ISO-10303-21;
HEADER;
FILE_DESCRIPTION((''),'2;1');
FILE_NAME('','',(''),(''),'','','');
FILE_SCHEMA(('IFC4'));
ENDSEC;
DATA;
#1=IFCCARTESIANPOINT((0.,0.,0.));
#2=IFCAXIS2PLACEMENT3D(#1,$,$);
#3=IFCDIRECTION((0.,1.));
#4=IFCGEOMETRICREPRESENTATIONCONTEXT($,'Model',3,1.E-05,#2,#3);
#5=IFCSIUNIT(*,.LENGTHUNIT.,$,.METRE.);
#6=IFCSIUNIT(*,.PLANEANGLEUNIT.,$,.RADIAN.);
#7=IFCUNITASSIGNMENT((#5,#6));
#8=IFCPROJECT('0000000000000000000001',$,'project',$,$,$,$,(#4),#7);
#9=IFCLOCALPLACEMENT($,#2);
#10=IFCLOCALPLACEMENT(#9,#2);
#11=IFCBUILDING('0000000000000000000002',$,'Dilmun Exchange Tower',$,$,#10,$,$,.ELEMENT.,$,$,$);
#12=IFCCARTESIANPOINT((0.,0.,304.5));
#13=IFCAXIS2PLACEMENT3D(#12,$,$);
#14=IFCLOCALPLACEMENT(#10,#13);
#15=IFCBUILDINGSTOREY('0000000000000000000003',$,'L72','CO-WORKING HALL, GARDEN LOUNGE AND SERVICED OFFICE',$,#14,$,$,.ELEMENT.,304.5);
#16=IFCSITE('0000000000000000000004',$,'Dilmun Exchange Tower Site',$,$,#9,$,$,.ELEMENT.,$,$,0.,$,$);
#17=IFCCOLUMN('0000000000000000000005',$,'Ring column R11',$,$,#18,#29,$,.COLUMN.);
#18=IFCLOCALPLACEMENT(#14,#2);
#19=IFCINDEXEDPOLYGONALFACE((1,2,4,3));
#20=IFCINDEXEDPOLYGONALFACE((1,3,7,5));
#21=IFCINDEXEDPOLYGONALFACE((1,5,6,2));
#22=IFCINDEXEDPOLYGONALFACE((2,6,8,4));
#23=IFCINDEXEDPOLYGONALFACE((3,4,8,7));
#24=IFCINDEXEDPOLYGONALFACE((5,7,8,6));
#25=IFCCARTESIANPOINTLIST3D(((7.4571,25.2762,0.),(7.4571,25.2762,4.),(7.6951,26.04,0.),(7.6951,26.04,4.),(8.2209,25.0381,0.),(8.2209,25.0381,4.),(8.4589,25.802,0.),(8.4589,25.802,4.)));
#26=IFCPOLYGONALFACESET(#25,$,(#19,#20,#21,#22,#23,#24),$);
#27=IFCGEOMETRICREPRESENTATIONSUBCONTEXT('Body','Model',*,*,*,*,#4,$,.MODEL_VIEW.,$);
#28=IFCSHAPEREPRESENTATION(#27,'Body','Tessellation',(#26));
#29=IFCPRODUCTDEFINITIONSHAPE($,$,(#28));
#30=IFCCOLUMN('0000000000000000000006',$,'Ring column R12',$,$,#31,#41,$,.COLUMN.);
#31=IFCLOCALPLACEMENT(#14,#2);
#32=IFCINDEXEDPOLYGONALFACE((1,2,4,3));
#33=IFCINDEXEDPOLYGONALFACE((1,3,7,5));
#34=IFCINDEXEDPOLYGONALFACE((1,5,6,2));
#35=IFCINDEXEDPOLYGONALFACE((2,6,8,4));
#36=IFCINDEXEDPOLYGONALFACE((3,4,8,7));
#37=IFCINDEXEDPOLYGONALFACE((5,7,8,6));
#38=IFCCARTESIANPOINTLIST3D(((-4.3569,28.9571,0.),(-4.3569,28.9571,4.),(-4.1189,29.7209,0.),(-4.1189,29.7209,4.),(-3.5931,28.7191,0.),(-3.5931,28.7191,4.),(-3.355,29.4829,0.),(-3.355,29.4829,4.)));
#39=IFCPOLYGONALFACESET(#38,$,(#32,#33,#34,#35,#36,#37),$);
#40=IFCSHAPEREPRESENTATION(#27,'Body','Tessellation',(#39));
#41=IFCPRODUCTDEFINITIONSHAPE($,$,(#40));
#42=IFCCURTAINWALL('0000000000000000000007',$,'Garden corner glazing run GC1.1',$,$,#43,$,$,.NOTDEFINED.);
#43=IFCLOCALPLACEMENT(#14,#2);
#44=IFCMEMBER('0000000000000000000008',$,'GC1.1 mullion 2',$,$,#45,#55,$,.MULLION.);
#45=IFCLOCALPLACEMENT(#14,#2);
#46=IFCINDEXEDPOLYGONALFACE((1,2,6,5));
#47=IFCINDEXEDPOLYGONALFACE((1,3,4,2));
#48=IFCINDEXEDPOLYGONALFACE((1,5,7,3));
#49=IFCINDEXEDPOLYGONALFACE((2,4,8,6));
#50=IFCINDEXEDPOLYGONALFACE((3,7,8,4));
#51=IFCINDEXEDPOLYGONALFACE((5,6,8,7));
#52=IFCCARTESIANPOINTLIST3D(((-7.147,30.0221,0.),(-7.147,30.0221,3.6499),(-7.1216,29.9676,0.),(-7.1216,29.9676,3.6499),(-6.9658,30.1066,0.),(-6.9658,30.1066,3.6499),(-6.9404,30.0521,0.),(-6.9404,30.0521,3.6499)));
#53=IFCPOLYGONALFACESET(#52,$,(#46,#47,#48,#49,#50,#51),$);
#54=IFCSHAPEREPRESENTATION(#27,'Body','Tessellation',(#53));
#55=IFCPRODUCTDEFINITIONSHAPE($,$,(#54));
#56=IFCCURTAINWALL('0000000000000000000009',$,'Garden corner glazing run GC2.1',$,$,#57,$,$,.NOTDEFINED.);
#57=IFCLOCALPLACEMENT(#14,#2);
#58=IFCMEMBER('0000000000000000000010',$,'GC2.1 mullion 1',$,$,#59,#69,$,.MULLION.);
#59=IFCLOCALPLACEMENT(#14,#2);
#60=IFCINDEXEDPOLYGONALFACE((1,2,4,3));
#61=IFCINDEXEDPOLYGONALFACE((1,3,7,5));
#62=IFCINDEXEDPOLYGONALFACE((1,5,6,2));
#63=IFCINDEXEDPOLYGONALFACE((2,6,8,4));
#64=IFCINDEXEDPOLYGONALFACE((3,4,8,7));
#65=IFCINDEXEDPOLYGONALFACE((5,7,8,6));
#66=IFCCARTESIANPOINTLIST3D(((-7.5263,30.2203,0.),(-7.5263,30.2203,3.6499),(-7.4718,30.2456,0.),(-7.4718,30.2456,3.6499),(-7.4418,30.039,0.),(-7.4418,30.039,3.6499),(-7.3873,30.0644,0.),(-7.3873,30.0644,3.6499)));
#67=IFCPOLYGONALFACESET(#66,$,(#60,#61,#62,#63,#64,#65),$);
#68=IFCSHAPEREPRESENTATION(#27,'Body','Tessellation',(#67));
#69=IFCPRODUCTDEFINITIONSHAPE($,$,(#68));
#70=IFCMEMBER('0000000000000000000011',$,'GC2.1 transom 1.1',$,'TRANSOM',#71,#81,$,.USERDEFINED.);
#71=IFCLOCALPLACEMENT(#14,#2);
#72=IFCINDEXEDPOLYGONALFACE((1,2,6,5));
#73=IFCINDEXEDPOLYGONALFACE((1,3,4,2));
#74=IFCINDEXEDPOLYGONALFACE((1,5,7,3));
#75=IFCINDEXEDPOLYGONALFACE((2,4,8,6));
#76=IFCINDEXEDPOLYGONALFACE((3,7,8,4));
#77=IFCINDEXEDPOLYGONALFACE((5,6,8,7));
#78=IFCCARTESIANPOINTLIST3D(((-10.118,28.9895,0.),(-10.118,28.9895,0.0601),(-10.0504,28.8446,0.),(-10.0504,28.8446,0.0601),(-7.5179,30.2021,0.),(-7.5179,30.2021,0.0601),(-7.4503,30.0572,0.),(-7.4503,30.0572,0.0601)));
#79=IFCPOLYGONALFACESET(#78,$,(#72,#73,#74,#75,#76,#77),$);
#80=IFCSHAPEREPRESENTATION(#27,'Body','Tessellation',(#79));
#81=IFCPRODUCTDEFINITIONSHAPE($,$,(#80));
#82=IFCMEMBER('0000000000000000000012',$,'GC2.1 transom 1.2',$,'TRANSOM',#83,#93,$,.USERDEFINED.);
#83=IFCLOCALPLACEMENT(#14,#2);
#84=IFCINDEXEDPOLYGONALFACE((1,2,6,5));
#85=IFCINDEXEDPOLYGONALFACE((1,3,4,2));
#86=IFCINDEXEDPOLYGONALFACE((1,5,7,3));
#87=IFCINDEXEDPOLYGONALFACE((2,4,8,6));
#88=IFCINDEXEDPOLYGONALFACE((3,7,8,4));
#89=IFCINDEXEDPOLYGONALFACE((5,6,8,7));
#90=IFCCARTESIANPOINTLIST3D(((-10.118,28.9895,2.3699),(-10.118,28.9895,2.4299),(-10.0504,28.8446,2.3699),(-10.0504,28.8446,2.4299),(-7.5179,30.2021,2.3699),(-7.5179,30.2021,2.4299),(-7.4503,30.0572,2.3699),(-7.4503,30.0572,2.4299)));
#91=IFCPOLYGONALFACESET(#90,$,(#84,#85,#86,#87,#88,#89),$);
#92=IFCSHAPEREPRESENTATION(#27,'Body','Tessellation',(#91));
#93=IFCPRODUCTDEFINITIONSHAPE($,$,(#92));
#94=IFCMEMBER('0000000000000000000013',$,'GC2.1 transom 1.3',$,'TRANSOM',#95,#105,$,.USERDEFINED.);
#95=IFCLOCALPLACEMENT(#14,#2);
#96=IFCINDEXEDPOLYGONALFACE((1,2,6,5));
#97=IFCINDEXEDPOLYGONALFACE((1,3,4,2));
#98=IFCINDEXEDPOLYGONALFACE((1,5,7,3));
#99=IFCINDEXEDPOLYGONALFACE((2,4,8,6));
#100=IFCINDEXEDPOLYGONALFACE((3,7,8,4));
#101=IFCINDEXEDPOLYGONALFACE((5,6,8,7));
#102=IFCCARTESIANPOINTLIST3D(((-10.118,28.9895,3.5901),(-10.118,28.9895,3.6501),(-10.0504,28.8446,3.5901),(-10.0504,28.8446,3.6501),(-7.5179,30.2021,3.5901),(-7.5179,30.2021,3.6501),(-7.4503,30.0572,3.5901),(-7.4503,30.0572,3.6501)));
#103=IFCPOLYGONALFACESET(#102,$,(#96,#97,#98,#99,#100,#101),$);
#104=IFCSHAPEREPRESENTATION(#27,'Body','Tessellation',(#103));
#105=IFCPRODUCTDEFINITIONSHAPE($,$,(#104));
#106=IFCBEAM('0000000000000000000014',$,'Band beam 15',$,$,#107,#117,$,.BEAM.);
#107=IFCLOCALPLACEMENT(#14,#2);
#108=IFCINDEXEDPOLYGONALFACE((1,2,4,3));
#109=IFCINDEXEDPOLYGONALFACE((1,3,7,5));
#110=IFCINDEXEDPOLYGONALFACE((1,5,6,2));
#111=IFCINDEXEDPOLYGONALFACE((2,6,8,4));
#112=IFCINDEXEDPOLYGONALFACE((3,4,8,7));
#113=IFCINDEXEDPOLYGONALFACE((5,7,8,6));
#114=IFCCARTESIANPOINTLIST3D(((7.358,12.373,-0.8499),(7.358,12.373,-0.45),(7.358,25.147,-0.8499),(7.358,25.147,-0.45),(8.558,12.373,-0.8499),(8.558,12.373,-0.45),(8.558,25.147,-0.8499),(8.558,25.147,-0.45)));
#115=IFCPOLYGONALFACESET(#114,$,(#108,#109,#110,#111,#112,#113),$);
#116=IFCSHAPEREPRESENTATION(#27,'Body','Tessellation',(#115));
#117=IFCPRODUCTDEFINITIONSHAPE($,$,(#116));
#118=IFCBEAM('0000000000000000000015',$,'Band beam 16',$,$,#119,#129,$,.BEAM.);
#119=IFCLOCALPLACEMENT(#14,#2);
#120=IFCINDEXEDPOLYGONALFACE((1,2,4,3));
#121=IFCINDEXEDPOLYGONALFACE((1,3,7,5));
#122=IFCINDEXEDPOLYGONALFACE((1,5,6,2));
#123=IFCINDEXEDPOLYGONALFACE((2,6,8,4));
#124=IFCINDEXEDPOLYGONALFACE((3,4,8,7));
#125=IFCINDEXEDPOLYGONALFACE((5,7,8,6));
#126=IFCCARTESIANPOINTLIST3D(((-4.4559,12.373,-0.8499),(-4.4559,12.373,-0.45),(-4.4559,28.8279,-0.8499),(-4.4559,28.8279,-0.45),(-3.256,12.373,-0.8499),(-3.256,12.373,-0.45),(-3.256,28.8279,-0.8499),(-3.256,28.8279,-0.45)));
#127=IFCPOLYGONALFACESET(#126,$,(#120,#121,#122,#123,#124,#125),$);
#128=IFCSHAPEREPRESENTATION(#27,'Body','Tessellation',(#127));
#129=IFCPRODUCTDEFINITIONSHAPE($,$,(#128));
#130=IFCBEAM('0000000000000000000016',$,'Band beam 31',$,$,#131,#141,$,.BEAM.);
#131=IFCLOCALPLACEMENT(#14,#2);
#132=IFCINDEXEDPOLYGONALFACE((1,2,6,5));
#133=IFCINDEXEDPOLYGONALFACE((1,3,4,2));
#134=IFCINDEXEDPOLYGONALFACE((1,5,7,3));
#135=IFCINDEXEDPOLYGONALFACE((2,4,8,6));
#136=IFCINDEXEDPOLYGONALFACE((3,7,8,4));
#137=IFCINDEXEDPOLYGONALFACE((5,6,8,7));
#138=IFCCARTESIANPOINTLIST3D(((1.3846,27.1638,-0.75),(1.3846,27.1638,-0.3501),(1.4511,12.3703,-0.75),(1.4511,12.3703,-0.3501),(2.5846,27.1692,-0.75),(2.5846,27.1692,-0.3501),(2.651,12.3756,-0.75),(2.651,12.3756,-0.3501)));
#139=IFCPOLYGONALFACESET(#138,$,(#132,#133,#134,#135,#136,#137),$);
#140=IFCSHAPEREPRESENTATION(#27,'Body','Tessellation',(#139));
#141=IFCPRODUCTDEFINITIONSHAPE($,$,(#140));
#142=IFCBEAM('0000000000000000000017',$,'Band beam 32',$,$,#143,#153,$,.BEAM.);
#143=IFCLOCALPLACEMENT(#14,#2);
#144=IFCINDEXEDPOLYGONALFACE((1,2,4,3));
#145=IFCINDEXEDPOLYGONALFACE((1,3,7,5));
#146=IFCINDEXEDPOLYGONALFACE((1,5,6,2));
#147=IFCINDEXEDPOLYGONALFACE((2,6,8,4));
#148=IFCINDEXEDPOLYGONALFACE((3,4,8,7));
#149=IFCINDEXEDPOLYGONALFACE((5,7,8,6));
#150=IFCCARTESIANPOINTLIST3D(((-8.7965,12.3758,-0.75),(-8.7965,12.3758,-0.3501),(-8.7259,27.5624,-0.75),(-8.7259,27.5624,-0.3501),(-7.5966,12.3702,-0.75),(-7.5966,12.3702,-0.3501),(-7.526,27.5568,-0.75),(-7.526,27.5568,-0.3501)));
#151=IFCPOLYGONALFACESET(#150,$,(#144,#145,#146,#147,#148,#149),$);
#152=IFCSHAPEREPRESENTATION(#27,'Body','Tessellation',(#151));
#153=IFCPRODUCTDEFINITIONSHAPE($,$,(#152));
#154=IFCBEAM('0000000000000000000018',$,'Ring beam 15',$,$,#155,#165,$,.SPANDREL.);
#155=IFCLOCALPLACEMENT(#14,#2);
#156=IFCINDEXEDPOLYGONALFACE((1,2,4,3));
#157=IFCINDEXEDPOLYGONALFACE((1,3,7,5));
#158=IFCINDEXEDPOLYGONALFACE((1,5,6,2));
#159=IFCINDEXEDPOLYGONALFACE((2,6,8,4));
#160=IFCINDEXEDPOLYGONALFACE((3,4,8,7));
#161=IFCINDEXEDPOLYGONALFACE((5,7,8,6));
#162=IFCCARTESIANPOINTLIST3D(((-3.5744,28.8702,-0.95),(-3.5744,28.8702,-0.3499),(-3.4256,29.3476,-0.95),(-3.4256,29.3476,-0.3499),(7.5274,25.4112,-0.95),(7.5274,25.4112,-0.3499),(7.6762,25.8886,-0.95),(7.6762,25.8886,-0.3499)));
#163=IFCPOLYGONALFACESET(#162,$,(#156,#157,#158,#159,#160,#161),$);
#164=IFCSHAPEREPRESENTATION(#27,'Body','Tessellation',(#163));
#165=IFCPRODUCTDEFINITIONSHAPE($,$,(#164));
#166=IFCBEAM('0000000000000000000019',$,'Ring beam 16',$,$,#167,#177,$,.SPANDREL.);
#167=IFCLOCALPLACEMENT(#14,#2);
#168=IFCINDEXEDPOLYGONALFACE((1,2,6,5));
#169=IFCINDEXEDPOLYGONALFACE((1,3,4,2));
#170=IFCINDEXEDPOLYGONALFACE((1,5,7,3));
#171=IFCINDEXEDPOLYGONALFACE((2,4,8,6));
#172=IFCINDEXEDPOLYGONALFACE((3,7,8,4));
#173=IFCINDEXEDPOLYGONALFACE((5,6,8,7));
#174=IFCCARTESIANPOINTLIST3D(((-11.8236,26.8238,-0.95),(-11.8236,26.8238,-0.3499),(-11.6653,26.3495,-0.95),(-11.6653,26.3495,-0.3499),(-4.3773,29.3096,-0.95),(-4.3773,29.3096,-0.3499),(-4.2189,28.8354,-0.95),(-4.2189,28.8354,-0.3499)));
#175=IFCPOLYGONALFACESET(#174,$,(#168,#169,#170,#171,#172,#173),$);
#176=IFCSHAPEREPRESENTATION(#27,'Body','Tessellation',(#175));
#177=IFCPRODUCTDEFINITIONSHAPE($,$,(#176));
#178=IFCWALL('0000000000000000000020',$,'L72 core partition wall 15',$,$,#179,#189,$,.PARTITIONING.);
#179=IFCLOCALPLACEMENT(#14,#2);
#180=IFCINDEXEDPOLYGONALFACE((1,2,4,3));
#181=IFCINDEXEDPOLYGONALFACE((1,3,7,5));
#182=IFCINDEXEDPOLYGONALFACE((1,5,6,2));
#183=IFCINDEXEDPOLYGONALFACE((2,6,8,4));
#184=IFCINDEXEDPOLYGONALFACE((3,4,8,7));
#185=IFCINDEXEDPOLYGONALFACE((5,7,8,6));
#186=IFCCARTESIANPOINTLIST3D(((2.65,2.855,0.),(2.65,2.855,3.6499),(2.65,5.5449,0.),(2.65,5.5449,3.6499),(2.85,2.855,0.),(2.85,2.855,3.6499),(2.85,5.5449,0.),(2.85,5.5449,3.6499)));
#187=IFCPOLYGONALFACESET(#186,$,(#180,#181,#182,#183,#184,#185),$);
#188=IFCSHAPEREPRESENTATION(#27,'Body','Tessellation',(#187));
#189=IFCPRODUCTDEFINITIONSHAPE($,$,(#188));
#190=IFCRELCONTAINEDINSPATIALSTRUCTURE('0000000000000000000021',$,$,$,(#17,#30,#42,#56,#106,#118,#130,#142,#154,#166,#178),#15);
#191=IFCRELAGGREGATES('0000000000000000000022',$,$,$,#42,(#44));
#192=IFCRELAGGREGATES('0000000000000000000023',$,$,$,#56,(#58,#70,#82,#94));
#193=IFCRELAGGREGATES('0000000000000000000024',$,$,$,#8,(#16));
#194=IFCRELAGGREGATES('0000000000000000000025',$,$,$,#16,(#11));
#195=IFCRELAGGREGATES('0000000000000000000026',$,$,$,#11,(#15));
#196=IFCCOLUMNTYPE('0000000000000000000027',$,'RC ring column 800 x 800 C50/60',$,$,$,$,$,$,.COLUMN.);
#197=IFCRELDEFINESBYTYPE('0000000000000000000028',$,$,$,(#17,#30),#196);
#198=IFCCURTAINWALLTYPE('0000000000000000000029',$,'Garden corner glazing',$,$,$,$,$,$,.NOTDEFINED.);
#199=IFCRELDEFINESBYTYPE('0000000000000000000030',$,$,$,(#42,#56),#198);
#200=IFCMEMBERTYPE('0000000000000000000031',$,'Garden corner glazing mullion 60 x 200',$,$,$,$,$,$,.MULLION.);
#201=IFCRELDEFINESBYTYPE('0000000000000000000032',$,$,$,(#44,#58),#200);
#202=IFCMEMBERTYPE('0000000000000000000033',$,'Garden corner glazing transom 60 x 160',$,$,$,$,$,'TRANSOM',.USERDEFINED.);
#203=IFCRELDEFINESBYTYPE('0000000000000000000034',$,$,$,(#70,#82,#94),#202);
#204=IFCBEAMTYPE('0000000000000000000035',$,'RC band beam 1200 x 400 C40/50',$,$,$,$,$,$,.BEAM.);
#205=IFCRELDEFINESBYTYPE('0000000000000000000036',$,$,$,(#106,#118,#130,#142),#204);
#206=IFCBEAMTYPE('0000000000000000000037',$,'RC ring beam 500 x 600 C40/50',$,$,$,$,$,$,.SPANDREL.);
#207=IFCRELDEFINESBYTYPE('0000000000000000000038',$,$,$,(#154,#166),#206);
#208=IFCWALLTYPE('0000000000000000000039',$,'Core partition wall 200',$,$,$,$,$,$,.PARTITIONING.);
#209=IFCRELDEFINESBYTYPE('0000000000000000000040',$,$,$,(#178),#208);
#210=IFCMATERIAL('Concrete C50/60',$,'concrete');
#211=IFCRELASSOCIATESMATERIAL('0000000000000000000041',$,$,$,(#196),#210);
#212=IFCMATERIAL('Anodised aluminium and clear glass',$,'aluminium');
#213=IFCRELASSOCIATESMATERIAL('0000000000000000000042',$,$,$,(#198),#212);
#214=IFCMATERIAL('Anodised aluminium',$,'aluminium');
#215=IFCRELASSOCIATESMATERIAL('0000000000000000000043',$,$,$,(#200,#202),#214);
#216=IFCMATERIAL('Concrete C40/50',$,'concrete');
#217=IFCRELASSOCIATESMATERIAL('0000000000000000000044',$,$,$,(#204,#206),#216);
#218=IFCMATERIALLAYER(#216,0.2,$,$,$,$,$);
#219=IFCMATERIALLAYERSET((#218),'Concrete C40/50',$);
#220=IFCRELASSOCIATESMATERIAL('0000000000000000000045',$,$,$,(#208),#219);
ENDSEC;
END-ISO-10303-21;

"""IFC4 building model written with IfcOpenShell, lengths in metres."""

from ifc_helpers import new_model, si_unit, direction, frame, frame_2d, origin, origin_2d, place, context, subcontext, project, spatial, rectangle, extrude, material, layer, layer_set, material_profile, profile_set, type_object, element, aggregate, save


model = new_model("IFC4")

# Units and contexts
model_context = context("Model", 3, precision=1e-05, world=origin(), true_north=direction((0.0, 1.0)))
body_context = subcontext(model_context, "Body", "Model", "MODEL_VIEW")
ifc_project = project(units=[si_unit("LENGTHUNIT", "METRE"), si_unit("PLANEANGLEUNIT", "RADIAN")], contexts=[model_context])

# Site, building, storey
site_placement = place(None, origin())
site = spatial("IfcSite", under=ifc_project, at=site_placement, Name="Dilmun Exchange Tower Site", CompositionType="ELEMENT", RefElevation=0.0)
building_placement = place(site_placement, origin())
building = spatial("IfcBuilding", under=site, at=building_placement, Name="Dilmun Exchange Tower", CompositionType="ELEMENT")
storey_placement = place(building_placement, frame((0.0, 0.0, 304.5)))
storey = spatial("IfcBuildingStorey", under=building, at=storey_placement, Name="L72", Description="CO-WORKING HALL, GARDEN LOUNGE AND SERVICED OFFICE", CompositionType="ELEMENT", Elevation=304.5)

# Columns
ifc_material_1 = material(Name="Concrete C50/60", Category="concrete")
ifc_material_profile_1 = material_profile(ifc_material_1, rectangle(XDim=0.8, YDim=0.8, at=origin_2d()), Name="800 x 800")
ifc_profile_set_1 = profile_set([ifc_material_profile_1], Name="Concrete C50/60")
column_type = type_object("IfcColumnType", Name="RC ring column 800 x 800 C50/60", PredefinedType="COLUMN", material=ifc_profile_set_1)
for number, where, z_axis, x_axis, name in (
    (1, (7.958, 25.5391, 0.0), (0.0, 0.0, 1.0), (0.297503, 0.954721, 0.0), "Ring column R11"),
    (2, (-3.856, 29.22, 0.0), (0.0, 0.0, 1.0), (0.297503, 0.954721, 0.0), "Ring column R12"),
):
    element("IfcColumn", number, at=place(storey_placement, frame(where, z_axis=z_axis, x_axis=x_axis)), inside=storey, type_object=column_type, Name=name, PredefinedType="COLUMN", context=body_context, shape_type="SweptSolid", body=[
        extrude(rectangle(XDim=0.8, YDim=0.8, at=origin_2d()), origin(), (0.0, 0.0, 1.0), 4.0),
    ])

# Curtain wall, member
ifc_material_2 = material(Name="Anodised aluminium and clear glass", Category="aluminium")
curtain_wall_type = type_object("IfcCurtainWallType", Name="Garden corner glazing", PredefinedType="NOTDEFINED", material=ifc_material_2)
curtain_wall_1_placement = place(storey_placement, origin())
curtain_wall_1 = element("IfcCurtainWall", 3, at=curtain_wall_1_placement, inside=storey, type_object=curtain_wall_type, Name="Garden corner glazing run GC1.1", PredefinedType="NOTDEFINED")
ifc_material_3 = material(Name="Anodised aluminium", Category="aluminium")
ifc_material_profile_2 = material_profile(ifc_material_3, rectangle(XDim=0.2, YDim=0.0601, at=origin_2d()), Name="AL 60x200")
ifc_profile_set_2 = profile_set([ifc_material_profile_2], Name="Anodised aluminium")
member_type_1 = type_object("IfcMemberType", Name="Garden corner glazing mullion 60 x 200", PredefinedType="MULLION", material=ifc_profile_set_2)
member_1_placement = place(storey_placement, frame((-7.0437, 30.0371, 0.0), z_axis=(0.0, 0.0, 1.0), x_axis=(0.906305, 0.422623, 0.0)))
member_1 = element("IfcMember", 4, at=member_1_placement, type_object=member_type_1, Name="GC1.1 mullion 2", PredefinedType="MULLION", context=body_context, shape_type="SweptSolid", body=[
    extrude(rectangle(XDim=0.2, YDim=0.0601, at=origin_2d()), origin(), (0.0, 0.0, 1.0), 3.6499),
])
aggregate(curtain_wall_1, [member_1])

# Curtain wall, members
curtain_wall_2_placement = place(storey_placement, origin())
curtain_wall_2 = element("IfcCurtainWall", 5, at=curtain_wall_2_placement, inside=storey, type_object=curtain_wall_type, Name="Garden corner glazing run GC2.1", PredefinedType="NOTDEFINED")
member_2_placement = place(storey_placement, frame((-7.4568, 30.1423, 0.0), z_axis=(0.0, 0.0, 1.0), x_axis=(0.422611, -0.906311, 0.0)))
member_2 = element("IfcMember", 6, at=member_2_placement, type_object=member_type_1, Name="GC2.1 mullion 1", PredefinedType="MULLION", context=body_context, shape_type="SweptSolid", body=[
    extrude(rectangle(XDim=0.2, YDim=0.0601, at=origin_2d()), origin(), (0.0, 0.0, 1.0), 3.6499),
])
ifc_material_profile_3 = material_profile(ifc_material_3, rectangle(XDim=0.1599, YDim=0.0601, at=origin_2d()), Name="AL 60x160")
ifc_profile_set_3 = profile_set([ifc_material_profile_3], Name="Anodised aluminium")
member_type_2 = type_object("IfcMemberType", Name="Garden corner glazing transom 60 x 160", ElementType="TRANSOM", PredefinedType="USERDEFINED", material=ifc_profile_set_3)
member_3_placement = place(storey_placement, frame((-7.4841, 30.1296, 0.03), z_axis=(-0.906281, -0.422676, 0.0), x_axis=(0.422676, -0.906281, 0.0)))
member_3 = element("IfcMember", 7, at=member_3_placement, type_object=member_type_2, Name="GC2.1 transom 1.1", ObjectType="TRANSOM", PredefinedType="USERDEFINED", context=body_context, shape_type="SweptSolid", body=[
    extrude(rectangle(XDim=0.1599, YDim=0.0601, at=origin_2d()), origin(), (0.0, 0.0, 1.0), 2.8689),
])
member_4_placement = place(storey_placement, frame((-7.4841, 30.1296, 2.3999), z_axis=(-0.906281, -0.422676, 0.0), x_axis=(0.422676, -0.906281, 0.0)))
member_4 = element("IfcMember", 8, at=member_4_placement, type_object=member_type_2, Name="GC2.1 transom 1.2", ObjectType="TRANSOM", PredefinedType="USERDEFINED", context=body_context, shape_type="SweptSolid", body=[
    extrude(rectangle(XDim=0.1599, YDim=0.0601, at=origin_2d()), origin(), (0.0, 0.0, 1.0), 2.8689),
])
member_5_placement = place(storey_placement, frame((-7.4841, 30.1296, 3.6201), z_axis=(-0.906281, -0.422676, 0.0), x_axis=(0.422676, -0.906281, 0.0)))
member_5 = element("IfcMember", 9, at=member_5_placement, type_object=member_type_2, Name="GC2.1 transom 1.3", ObjectType="TRANSOM", PredefinedType="USERDEFINED", context=body_context, shape_type="SweptSolid", body=[
    extrude(rectangle(XDim=0.1599, YDim=0.0601, at=origin_2d()), origin(), (0.0, 0.0, 1.0), 2.8689),
])
aggregate(curtain_wall_2, [member_2, member_3, member_4, member_5])

# Beams
ifc_material_4 = material(Name="Concrete C40/50", Category="concrete")
ifc_material_profile_4 = material_profile(ifc_material_4, rectangle(XDim=1.2, YDim=0.3999, at=origin_2d()), Name="1200 x 400")
ifc_profile_set_4 = profile_set([ifc_material_profile_4], Name="Concrete C40/50")
beam_type_1 = type_object("IfcBeamType", Name="RC band beam 1200 x 400 C40/50", PredefinedType="BEAM", material=ifc_profile_set_4)
beam_1_placement = place(storey_placement, frame((7.958, 25.147, -0.6499), z_axis=(0.0, -1.0, 0.0), x_axis=(1.0, 0.0, 0.0)))
element("IfcBeam", 10, at=beam_1_placement, inside=storey, type_object=beam_type_1, Name="Band beam 15", PredefinedType="BEAM", context=body_context, shape_type="SweptSolid", body=[
    extrude(rectangle(XDim=1.2, YDim=0.3999, at=origin_2d()), origin(), (0.0, 0.0, 1.0), 12.7739),
])
beam_2_placement = place(storey_placement, frame((-3.856, 28.8279, -0.6499), z_axis=(0.0, -1.0, 0.0), x_axis=(1.0, 0.0, 0.0)))
element("IfcBeam", 11, at=beam_2_placement, inside=storey, type_object=beam_type_1, Name="Band beam 16", PredefinedType="BEAM", context=body_context, shape_type="SweptSolid", body=[
    extrude(rectangle(XDim=1.2, YDim=0.3999, at=origin_2d()), origin(), (0.0, 0.0, 1.0), 16.4548),
])
beam_3_placement = place(storey_placement, frame((1.9846, 27.1665, -0.55), z_axis=(0.004489, -0.99999, 0.0), x_axis=(0.99999, 0.004489, 0.0)))
element("IfcBeam", 12, at=beam_3_placement, inside=storey, type_object=beam_type_1, Name="Band beam 31", PredefinedType="BEAM", context=body_context, shape_type="SweptSolid", body=[
    extrude(rectangle(XDim=1.2, YDim=0.3999, at=origin_2d()), origin(), (0.0, 0.0, 1.0), 14.7937),
])
beam_4_placement = place(storey_placement, frame((-8.126, 27.5596, -0.55), z_axis=(-0.004646, -0.999989, 0.0), x_axis=(0.999989, -0.004646, 0.0)))
element("IfcBeam", 13, at=beam_4_placement, inside=storey, type_object=beam_type_1, Name="Band beam 32", PredefinedType="BEAM", context=body_context, shape_type="SweptSolid", body=[
    extrude(rectangle(XDim=1.2, YDim=0.3999, at=origin_2d()), origin(), (0.0, 0.0, 1.0), 15.1868),
])
ifc_material_profile_5 = material_profile(ifc_material_4, rectangle(XDim=0.5, YDim=0.6001, at=origin_2d()), Name="500 x 600")
ifc_profile_set_5 = profile_set([ifc_material_profile_5], Name="Concrete C40/50")
beam_type_2 = type_object("IfcBeamType", Name="RC ring beam 500 x 600 C40/50", PredefinedType="SPANDREL", material=ifc_profile_set_5)
beam_5_placement = place(storey_placement, frame((7.6018, 25.6499, -0.6499), z_axis=(-0.954733, 0.297466, 0.0), x_axis=(-0.297466, -0.954733, 0.0)))
element("IfcBeam", 14, at=beam_5_placement, inside=storey, type_object=beam_type_2, Name="Ring beam 15", PredefinedType="SPANDREL", context=body_context, shape_type="SweptSolid", body=[
    extrude(rectangle(XDim=0.5, YDim=0.6001, at=origin_2d()), origin(), (0.0, 0.0, 1.0), 11.6282),
])
beam_6_placement = place(storey_placement, frame((-4.2981, 29.0725, -0.6499), z_axis=(-0.94854, -0.316657, 0.0), x_axis=(0.316657, -0.94854, 0.0)))
element("IfcBeam", 15, at=beam_6_placement, inside=storey, type_object=beam_type_2, Name="Ring beam 16", PredefinedType="SPANDREL", context=body_context, shape_type="SweptSolid", body=[
    extrude(rectangle(XDim=0.5, YDim=0.6001, at=origin_2d()), origin(), (0.0, 0.0, 1.0), 7.8503),
])

# Wall
ifc_layer_1 = layer(ifc_material_4, 0.2)
ifc_layer_set_1 = layer_set([ifc_layer_1], Name="Concrete C40/50")
wall_type_1 = type_object("IfcWallType", Name="Core partition wall 200", PredefinedType="PARTITIONING", material=ifc_layer_set_1)
wall_1_placement = place(storey_placement, frame((2.75, 2.855, 0.0), z_axis=(0.0, 0.0, 1.0), x_axis=(0.0, 1.0, 0.0)))
element("IfcWall", 16, at=wall_1_placement, inside=storey, type_object=wall_type_1, Name="L72 core partition wall 15", PredefinedType="PARTITIONING", context=body_context, shape_type="SweptSolid", body=[
    extrude(rectangle(XDim=2.6899, YDim=0.2, at=frame_2d((1.345, 0.0))), origin(), (0.0, 0.0, 1.0), 3.6499),
])

save(model, "model.ifc")
